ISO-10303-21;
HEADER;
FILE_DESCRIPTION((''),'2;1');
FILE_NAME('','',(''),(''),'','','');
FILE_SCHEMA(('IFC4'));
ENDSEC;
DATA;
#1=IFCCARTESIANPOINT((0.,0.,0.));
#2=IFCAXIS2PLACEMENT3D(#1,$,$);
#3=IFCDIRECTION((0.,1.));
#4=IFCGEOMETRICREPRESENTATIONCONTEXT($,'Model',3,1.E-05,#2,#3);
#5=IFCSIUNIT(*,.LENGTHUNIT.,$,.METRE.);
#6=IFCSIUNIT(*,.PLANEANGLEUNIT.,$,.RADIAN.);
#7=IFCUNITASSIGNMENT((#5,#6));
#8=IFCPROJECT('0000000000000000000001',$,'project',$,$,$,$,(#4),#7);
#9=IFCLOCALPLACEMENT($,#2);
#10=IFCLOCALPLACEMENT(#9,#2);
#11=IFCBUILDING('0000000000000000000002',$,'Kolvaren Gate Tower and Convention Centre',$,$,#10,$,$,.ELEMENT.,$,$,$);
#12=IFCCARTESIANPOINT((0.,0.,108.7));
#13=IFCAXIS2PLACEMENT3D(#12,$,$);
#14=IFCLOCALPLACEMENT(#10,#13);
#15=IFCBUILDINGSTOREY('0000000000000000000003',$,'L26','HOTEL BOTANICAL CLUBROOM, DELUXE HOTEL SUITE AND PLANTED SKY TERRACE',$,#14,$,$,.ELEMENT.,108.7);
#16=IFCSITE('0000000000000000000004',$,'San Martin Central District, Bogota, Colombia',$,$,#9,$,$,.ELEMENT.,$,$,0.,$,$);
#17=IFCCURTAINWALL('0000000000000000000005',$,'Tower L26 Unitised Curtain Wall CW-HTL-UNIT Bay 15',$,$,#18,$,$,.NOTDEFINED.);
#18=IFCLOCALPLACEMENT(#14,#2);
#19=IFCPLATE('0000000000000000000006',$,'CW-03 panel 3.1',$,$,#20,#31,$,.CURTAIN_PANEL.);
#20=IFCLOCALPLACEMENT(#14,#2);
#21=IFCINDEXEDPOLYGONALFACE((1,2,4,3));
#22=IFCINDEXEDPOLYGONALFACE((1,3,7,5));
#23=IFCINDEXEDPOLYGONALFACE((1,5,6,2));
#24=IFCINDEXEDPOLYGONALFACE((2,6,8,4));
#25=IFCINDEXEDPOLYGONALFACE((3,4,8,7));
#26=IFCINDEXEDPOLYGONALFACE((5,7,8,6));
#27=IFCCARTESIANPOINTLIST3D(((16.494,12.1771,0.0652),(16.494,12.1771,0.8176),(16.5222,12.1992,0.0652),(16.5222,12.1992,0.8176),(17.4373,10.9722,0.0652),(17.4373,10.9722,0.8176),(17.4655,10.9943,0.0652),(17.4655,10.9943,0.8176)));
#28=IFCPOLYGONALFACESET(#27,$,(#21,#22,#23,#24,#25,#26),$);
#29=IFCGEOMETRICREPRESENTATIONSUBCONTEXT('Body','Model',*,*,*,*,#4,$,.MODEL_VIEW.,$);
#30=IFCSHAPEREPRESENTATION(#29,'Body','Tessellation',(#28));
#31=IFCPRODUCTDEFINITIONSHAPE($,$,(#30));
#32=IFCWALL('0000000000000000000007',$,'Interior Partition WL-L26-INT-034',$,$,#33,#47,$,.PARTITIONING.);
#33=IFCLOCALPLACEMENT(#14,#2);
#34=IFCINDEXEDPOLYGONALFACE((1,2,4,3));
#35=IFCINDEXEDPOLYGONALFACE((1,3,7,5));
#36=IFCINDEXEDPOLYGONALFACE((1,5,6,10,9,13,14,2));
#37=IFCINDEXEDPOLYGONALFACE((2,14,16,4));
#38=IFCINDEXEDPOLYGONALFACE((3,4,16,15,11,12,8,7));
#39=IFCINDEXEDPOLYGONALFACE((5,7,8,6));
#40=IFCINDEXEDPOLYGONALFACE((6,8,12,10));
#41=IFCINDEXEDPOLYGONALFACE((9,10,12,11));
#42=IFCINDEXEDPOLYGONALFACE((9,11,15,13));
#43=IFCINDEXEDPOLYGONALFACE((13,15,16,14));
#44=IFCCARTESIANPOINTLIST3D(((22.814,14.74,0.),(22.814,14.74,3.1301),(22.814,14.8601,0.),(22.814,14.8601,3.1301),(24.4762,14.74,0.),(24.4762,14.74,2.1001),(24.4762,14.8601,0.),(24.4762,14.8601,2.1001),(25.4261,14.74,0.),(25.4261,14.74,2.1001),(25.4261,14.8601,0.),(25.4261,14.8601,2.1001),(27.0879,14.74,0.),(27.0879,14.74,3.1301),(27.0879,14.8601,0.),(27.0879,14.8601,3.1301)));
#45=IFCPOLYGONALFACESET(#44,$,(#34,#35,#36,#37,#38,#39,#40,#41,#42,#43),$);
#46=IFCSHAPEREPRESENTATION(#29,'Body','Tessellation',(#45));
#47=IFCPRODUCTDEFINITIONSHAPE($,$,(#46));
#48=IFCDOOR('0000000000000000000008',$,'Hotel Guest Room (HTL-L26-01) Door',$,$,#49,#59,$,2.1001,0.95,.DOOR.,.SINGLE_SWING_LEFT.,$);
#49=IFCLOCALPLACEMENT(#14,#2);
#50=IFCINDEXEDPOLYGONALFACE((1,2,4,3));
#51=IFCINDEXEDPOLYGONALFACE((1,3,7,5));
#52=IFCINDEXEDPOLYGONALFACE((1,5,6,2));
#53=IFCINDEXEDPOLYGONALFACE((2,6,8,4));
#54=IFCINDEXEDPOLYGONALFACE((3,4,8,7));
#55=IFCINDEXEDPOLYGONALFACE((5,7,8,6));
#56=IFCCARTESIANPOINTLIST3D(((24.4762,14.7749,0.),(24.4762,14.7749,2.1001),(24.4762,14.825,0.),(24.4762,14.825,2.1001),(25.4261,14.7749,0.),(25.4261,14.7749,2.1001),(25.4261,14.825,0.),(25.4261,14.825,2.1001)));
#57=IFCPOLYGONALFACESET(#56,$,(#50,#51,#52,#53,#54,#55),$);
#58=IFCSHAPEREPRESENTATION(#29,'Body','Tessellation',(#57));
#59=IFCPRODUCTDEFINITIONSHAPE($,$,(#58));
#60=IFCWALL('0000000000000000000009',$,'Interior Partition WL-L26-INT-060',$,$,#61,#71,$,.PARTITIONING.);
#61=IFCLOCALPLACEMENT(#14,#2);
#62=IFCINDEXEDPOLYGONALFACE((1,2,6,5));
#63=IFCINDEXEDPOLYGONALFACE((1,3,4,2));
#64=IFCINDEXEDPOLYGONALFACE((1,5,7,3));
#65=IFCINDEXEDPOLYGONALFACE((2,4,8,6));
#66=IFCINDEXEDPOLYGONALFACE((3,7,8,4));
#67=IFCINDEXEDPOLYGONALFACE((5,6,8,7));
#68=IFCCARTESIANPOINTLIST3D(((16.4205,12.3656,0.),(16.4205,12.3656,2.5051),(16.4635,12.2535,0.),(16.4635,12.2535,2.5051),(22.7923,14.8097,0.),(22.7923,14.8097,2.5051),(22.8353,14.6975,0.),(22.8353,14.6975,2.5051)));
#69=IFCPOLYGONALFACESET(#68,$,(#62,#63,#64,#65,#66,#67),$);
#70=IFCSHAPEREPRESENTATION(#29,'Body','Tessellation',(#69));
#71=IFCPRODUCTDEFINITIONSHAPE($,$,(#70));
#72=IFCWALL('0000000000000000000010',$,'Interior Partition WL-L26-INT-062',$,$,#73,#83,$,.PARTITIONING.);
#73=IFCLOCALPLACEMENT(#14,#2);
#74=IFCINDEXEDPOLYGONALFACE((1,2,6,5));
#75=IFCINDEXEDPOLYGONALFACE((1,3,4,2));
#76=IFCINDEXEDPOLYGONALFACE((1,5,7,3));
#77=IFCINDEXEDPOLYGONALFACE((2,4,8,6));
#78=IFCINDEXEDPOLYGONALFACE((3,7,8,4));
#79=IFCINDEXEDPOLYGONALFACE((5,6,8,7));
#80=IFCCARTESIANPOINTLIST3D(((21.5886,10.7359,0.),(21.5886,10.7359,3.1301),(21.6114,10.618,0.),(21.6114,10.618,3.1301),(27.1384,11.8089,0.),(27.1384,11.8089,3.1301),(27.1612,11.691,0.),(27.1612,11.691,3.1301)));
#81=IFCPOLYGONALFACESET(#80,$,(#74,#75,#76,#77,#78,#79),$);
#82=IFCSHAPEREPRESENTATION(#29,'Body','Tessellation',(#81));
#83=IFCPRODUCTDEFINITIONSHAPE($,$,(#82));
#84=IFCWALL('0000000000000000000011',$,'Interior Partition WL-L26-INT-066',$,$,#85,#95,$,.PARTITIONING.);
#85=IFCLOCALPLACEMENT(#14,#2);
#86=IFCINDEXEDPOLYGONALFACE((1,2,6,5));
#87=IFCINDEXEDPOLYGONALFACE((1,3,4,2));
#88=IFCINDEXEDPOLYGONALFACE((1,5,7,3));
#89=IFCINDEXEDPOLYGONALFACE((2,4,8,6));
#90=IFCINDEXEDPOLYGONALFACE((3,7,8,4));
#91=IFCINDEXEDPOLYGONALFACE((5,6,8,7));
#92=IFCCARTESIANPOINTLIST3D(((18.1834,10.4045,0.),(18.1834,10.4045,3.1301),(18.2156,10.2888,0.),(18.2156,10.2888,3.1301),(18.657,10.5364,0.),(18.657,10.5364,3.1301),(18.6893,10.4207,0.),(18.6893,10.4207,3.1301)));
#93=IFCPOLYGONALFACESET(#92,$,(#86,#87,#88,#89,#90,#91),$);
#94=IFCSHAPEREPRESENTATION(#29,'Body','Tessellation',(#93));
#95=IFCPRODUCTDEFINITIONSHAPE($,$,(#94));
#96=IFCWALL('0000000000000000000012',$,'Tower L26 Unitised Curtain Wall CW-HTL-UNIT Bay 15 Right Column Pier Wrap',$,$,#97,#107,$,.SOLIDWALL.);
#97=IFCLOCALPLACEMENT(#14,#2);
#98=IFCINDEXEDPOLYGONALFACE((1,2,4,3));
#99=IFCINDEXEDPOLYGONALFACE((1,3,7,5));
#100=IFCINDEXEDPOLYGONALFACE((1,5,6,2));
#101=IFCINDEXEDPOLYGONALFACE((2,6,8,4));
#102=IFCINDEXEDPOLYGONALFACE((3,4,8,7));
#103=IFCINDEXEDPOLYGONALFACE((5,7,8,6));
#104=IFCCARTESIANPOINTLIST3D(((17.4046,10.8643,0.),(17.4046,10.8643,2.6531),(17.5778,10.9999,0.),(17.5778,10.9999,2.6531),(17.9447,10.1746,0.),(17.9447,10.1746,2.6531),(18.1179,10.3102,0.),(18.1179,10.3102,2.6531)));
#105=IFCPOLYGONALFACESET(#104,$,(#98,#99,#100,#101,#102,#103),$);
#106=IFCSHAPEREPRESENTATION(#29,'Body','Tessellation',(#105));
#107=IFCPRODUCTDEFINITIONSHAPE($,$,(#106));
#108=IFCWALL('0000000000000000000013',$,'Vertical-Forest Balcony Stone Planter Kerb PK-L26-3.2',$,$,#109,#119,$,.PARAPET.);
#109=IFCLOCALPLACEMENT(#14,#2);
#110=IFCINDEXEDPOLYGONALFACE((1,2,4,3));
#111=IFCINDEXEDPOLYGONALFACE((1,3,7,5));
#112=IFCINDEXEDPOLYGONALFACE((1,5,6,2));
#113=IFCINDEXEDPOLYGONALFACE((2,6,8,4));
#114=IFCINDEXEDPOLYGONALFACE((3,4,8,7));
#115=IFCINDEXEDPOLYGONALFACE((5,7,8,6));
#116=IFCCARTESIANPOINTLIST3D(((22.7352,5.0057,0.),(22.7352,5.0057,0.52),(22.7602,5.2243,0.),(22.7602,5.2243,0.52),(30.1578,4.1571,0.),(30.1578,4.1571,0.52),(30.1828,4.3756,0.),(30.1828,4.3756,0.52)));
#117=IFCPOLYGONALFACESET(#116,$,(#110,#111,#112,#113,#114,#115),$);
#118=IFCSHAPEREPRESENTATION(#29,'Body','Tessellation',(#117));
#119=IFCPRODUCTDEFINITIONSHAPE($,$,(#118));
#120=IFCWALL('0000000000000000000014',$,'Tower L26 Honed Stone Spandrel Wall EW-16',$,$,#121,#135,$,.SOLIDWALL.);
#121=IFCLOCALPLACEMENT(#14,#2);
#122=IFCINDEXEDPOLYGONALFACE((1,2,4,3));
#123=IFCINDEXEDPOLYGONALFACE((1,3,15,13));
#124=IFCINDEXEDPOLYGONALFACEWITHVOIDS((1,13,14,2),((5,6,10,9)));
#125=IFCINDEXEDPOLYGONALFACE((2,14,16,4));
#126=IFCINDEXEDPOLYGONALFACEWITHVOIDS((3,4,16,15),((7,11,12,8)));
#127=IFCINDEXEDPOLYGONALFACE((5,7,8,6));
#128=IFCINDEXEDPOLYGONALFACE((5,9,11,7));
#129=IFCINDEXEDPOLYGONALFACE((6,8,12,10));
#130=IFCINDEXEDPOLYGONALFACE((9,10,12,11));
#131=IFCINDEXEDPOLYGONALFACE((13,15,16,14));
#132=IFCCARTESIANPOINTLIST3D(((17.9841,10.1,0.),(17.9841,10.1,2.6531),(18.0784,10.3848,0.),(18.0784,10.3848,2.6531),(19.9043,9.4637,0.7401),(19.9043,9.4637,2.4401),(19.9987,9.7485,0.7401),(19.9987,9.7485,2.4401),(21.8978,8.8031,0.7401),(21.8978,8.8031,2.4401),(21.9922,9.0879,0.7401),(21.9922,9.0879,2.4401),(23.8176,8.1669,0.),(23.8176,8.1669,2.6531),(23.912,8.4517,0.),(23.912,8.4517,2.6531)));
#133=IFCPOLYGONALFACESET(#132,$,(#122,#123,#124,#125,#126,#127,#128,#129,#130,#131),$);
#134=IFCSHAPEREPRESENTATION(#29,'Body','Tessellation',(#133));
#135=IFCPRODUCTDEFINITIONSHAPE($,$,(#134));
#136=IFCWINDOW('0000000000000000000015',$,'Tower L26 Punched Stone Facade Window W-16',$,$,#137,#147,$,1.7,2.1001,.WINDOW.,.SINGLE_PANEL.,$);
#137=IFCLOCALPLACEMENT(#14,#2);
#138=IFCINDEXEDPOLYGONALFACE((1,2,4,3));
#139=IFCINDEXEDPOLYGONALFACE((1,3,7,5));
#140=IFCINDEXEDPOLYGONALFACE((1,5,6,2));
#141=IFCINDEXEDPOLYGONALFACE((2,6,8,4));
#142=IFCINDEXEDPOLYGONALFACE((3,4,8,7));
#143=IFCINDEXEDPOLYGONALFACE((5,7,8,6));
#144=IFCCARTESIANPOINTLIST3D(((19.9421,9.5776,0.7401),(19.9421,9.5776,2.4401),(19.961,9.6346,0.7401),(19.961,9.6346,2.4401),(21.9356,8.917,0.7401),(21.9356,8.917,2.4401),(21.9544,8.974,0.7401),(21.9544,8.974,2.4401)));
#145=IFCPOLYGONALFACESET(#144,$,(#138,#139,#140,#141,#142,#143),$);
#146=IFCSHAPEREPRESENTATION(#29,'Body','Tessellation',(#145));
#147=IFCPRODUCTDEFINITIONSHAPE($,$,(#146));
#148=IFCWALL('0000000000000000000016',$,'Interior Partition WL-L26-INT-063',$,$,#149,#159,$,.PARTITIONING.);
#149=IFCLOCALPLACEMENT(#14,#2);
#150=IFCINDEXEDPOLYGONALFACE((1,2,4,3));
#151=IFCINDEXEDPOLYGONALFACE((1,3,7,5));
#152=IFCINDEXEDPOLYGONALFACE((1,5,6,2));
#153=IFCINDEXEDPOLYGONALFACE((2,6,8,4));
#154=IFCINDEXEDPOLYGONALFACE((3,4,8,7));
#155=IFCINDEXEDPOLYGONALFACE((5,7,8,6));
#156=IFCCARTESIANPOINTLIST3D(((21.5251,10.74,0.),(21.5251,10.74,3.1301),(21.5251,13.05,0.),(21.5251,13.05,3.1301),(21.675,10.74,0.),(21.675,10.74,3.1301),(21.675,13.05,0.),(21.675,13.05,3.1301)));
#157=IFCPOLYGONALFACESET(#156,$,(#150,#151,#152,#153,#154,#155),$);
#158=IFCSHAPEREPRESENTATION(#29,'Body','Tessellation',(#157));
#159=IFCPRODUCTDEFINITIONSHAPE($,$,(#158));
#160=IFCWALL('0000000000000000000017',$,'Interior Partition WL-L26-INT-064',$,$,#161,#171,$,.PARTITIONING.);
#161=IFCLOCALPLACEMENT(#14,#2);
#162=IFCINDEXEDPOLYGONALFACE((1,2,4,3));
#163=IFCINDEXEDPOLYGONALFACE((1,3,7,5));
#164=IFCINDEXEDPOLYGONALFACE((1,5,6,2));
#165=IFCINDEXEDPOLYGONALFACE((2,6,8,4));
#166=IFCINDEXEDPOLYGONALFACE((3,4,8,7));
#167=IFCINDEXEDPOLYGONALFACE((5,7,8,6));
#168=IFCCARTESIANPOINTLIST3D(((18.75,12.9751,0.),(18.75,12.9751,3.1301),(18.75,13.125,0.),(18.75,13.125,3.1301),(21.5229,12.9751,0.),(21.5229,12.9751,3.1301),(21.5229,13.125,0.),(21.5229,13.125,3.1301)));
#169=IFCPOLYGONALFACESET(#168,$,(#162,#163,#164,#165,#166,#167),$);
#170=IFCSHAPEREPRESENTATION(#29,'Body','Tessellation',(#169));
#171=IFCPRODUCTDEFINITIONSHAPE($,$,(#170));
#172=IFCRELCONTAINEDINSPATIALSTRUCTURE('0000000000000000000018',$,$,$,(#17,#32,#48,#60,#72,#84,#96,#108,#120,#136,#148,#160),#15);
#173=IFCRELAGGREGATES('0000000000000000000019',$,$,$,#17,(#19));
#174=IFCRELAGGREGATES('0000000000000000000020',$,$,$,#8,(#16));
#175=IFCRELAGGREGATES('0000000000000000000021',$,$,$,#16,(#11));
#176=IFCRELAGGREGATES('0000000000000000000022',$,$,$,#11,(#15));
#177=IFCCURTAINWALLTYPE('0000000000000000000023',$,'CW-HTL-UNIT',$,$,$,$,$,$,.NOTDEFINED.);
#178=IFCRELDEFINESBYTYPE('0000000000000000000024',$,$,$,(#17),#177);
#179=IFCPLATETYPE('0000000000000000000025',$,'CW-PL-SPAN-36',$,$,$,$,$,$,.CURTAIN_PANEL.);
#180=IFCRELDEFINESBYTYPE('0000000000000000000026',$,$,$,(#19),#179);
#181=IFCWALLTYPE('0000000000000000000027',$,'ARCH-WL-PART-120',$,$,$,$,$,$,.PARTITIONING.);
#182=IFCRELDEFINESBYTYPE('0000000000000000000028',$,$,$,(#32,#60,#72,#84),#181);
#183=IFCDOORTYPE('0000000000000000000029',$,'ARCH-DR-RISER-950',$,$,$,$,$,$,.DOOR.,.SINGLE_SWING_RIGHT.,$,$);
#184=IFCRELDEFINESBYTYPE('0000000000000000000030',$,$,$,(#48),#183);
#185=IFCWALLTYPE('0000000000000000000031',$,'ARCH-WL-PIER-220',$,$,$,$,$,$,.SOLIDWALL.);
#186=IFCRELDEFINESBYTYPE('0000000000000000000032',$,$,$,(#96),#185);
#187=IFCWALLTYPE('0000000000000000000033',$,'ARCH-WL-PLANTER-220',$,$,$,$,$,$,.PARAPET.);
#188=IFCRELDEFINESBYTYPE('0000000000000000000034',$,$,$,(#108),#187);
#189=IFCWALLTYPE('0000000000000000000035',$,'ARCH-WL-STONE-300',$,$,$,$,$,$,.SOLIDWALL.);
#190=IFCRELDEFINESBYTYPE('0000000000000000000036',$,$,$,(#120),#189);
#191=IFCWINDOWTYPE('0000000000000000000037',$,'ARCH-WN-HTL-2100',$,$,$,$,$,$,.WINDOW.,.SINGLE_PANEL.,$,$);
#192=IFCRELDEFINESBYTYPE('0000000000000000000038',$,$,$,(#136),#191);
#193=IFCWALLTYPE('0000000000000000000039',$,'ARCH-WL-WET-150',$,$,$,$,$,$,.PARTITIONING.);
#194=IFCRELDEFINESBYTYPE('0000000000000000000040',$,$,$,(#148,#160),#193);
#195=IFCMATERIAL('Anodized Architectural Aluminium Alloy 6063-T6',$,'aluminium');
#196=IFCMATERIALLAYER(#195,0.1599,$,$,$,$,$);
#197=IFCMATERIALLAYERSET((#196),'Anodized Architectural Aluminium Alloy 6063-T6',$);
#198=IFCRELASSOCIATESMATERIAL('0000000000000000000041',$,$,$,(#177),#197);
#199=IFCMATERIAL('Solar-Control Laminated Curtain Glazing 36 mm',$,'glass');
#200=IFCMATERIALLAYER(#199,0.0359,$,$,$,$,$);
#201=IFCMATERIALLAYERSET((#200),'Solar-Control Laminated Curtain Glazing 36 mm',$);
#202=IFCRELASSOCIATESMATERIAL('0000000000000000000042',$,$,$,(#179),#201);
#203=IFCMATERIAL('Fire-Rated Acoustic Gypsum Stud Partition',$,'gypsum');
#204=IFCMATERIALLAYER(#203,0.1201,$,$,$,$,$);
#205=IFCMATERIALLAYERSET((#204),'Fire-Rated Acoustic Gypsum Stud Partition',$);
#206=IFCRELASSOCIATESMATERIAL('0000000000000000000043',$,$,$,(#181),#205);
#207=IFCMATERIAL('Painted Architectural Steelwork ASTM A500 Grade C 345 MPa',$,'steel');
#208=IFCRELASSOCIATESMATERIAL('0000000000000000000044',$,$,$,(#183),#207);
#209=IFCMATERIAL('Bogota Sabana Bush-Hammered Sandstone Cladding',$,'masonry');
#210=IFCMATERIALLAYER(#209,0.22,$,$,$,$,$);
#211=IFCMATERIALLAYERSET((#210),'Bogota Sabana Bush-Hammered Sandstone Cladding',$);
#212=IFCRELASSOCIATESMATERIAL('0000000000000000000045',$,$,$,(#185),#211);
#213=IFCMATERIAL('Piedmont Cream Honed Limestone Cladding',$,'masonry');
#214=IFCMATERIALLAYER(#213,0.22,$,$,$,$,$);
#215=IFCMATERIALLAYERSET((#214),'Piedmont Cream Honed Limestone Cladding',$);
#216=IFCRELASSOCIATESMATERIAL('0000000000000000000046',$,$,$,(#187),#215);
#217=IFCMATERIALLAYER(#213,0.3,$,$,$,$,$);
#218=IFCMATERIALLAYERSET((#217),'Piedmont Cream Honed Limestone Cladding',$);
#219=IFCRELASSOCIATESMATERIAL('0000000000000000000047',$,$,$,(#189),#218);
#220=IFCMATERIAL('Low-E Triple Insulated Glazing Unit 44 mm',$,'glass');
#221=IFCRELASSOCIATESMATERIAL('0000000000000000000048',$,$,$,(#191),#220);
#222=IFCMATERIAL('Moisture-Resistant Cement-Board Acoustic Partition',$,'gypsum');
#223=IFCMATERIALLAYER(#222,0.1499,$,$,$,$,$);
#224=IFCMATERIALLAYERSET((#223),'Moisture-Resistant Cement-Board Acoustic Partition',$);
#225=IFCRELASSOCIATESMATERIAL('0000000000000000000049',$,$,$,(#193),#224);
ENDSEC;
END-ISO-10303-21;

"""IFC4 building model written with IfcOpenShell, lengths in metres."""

from ifc_helpers import new_model, si_unit, direction, frame, frame_2d, origin, origin_2d, place, context, subcontext, project, spatial, rectangle, extrude, material, layer, layer_set, type_object, element, fill, aggregate, save


model = new_model("IFC4")

# Units and contexts
model_context = context("Model", 3, precision=1e-05, world=origin(), true_north=direction((0.0, 1.0)))
body_context = subcontext(model_context, "Body", "Model", "MODEL_VIEW")
ifc_project = project(units=[si_unit("LENGTHUNIT", "METRE"), si_unit("PLANEANGLEUNIT", "RADIAN")], contexts=[model_context])

# Site, building, storey
site_placement = place(None, origin())
site = spatial("IfcSite", under=ifc_project, at=site_placement, Name="San Martin Central District, Bogota, Colombia", CompositionType="ELEMENT", RefElevation=0.0)
building_placement = place(site_placement, origin())
building = spatial("IfcBuilding", under=site, at=building_placement, Name="Kolvaren Gate Tower and Convention Centre", CompositionType="ELEMENT")
storey_placement = place(building_placement, frame((0.0, 0.0, 108.7)))
storey = spatial("IfcBuildingStorey", under=building, at=storey_placement, Name="L26", Description="HOTEL BOTANICAL CLUBROOM, DELUXE HOTEL SUITE AND PLANTED SKY TERRACE", CompositionType="ELEMENT", Elevation=108.7)

# Curtain wall
ifc_material_1 = material(Name="Anodized Architectural Aluminium Alloy 6063-T6", Category="aluminium")
ifc_layer_1 = layer(ifc_material_1, 0.1599)
ifc_layer_set_1 = layer_set([ifc_layer_1], Name="Anodized Architectural Aluminium Alloy 6063-T6")
curtain_wall_type = type_object("IfcCurtainWallType", Name="CW-HTL-UNIT", PredefinedType="NOTDEFINED", material=ifc_layer_set_1)
curtain_wall_placement = place(storey_placement, origin())
curtain_wall = element("IfcCurtainWall", 1, at=curtain_wall_placement, inside=storey, type_object=curtain_wall_type, Name="Tower L26 Unitised Curtain Wall CW-HTL-UNIT Bay 15", PredefinedType="NOTDEFINED")

# Plate
ifc_material_2 = material(Name="Low-E Triple Insulated Glazing Unit 44 mm", Category="glass")
ifc_material_3 = material(Name="Solar-Control Laminated Curtain Glazing 36 mm", Category="glass")
ifc_layer_2 = layer(ifc_material_3, 0.0359)
ifc_layer_set_2 = layer_set([ifc_layer_2], Name="Solar-Control Laminated Curtain Glazing 36 mm")
plate_type_1 = type_object("IfcPlateType", Name="CW-PL-SPAN-36", PredefinedType="CURTAIN_PANEL", material=ifc_layer_set_2)
plate_1_placement = place(storey_placement, frame((16.9797, 11.5857, 0.0652), z_axis=(0.0, 0.0, 1.0), x_axis=(0.616429, -0.787411, 0.0)))
plate_1 = element("IfcPlate", 2, at=plate_1_placement, type_object=plate_type_1, Name="CW-03 panel 3.1", PredefinedType="CURTAIN_PANEL", context=body_context, shape_type="SweptSolid", body=[
    extrude(rectangle(XDim=1.5303, YDim=0.0359, at=origin_2d()), origin(), (0.0, 0.0, 1.0), 0.7524),
])
aggregate(curtain_wall, [plate_1])

# Wall, opening, door
ifc_material_4 = material(Name="Fire-Rated Acoustic Gypsum Stud Partition", Category="gypsum")
ifc_layer_3 = layer(ifc_material_4, 0.1201)
ifc_layer_set_3 = layer_set([ifc_layer_3], Name="Fire-Rated Acoustic Gypsum Stud Partition")
wall_type_1 = type_object("IfcWallType", Name="ARCH-WL-PART-120", PredefinedType="PARTITIONING", material=ifc_layer_set_3)
wall_1_placement = place(storey_placement, frame((22.814, 14.8, 0.0), z_axis=(0.0, 0.0, 1.0), x_axis=(1.0, 0.0, 0.0)))
wall_1 = element("IfcWall", 3, at=wall_1_placement, inside=storey, type_object=wall_type_1, Name="Interior Partition WL-L26-INT-034", PredefinedType="PARTITIONING", context=body_context, shape_type="SweptSolid", body=[
    extrude(rectangle(XDim=4.2739, YDim=0.1201, at=frame_2d((2.137, 0.0))), origin(), (0.0, 0.0, 1.0), 3.1301),
])
opening_1_placement = place(wall_1_placement, frame((1.6621, 0.0, 0.0)))
opening_1 = element("IfcOpeningElement", 4, at=opening_1_placement, cuts=wall_1, PredefinedType="OPENING", context=body_context, shape_type="SweptSolid", body=[
    extrude(rectangle(XDim=0.95, YDim=2.1001, at=frame_2d((0.4751, 1.05))), frame((0.0, 0.0701, 0.0), z_axis=(0.0, -1.0, 0.0), x_axis=(1.0, 0.0, 0.0)), (0.0, 0.0, 1.0), 0.1401),
])
ifc_material_5 = material(Name="Painted Architectural Steelwork ASTM A500 Grade C 345 MPa", Category="steel")
door_type_1 = type_object("IfcDoorType", Name="ARCH-DR-RISER-950", OperationType="SINGLE_SWING_RIGHT", PredefinedType="DOOR", material=ifc_material_5)
door_1_placement = place(opening_1_placement, origin())
door_1 = element("IfcDoor", 5, at=door_1_placement, inside=storey, type_object=door_type_1, Name="Hotel Guest Room (HTL-L26-01) Door", OperationType="SINGLE_SWING_LEFT", OverallHeight=2.1001, OverallWidth=0.95, PredefinedType="DOOR", context=body_context, shape_type="SweptSolid", body=[
    extrude(rectangle(XDim=0.95, YDim=2.1001, at=frame_2d((0.4751, 1.05))), frame((0.0, 0.0249, 0.0), z_axis=(0.0, -1.0, 0.0), x_axis=(1.0, 0.0, 0.0)), (0.0, 0.0, 1.0), 0.05),
])
fill(opening_1, door_1)

# Walls
wall_2_placement = place(storey_placement, frame((16.4421, 12.3096, 0.0), z_axis=(0.0, 0.0, 1.0), x_axis=(0.93367, 0.358135, 0.0)))
element("IfcWall", 6, at=wall_2_placement, inside=storey, type_object=wall_type_1, Name="Interior Partition WL-L26-INT-060", PredefinedType="PARTITIONING", context=body_context, shape_type="SweptSolid", body=[
    extrude(rectangle(XDim=6.8245, YDim=0.1201, at=frame_2d((3.4121, 0.0))), origin(), (0.0, 0.0, 1.0), 2.5051),
])
wall_3_placement = place(storey_placement, frame((21.6001, 10.677, 0.0), z_axis=(0.0, 0.0, 1.0), x_axis=(0.981818, 0.189824, 0.0)))
element("IfcWall", 7, at=wall_3_placement, inside=storey, type_object=wall_type_1, Name="Interior Partition WL-L26-INT-062", PredefinedType="PARTITIONING", context=body_context, shape_type="SweptSolid", body=[
    extrude(rectangle(XDim=5.6526, YDim=0.1201, at=frame_2d((2.8262, 0.0))), origin(), (0.0, 0.0, 1.0), 3.1301),
])
wall_4_placement = place(storey_placement, frame((18.1995, 10.3467, 0.0), z_axis=(0.0, 0.0, 1.0), x_axis=(0.963375, 0.268156, 0.0)))
element("IfcWall", 8, at=wall_4_placement, inside=storey, type_object=wall_type_1, Name="Interior Partition WL-L26-INT-066", PredefinedType="PARTITIONING", context=body_context, shape_type="SweptSolid", body=[
    extrude(rectangle(XDim=0.4917, YDim=0.1201, at=frame_2d((0.2458, 0.0))), origin(), (0.0, 0.0, 1.0), 3.1301),
])
ifc_material_6 = material(Name="Bogota Sabana Bush-Hammered Sandstone Cladding", Category="masonry")
ifc_layer_4 = layer(ifc_material_6, 0.22)
ifc_layer_set_4 = layer_set([ifc_layer_4], Name="Bogota Sabana Bush-Hammered Sandstone Cladding")
wall_type_2 = type_object("IfcWallType", Name="ARCH-WL-PIER-220", PredefinedType="SOLIDWALL", material=ifc_layer_set_4)
wall_5_placement = place(storey_placement, frame((17.4912, 10.9321, 0.0), z_axis=(0.0, 0.0, 1.0), x_axis=(0.616504, -0.787352, 0.0)))
element("IfcWall", 9, at=wall_5_placement, inside=storey, type_object=wall_type_2, Name="Tower L26 Unitised Curtain Wall CW-HTL-UNIT Bay 15 Right Column Pier Wrap", PredefinedType="SOLIDWALL", context=body_context, shape_type="SweptSolid", body=[
    extrude(rectangle(XDim=0.876, YDim=0.22, at=frame_2d((0.438, 0.0))), origin(), (0.0, 0.0, 1.0), 2.6531),
])
ifc_material_7 = material(Name="Piedmont Cream Honed Limestone Cladding", Category="masonry")
ifc_layer_5 = layer(ifc_material_7, 0.22)
ifc_layer_set_5 = layer_set([ifc_layer_5], Name="Piedmont Cream Honed Limestone Cladding")
wall_type_3 = type_object("IfcWallType", Name="ARCH-WL-PLANTER-220", PredefinedType="PARAPET", material=ifc_layer_set_5)
wall_6_placement = place(storey_placement, frame((22.7478, 5.115, 0.0), z_axis=(0.0, 0.0, 1.0), x_axis=(0.993528, -0.113591, 0.0)))
element("IfcWall", 10, at=wall_6_placement, inside=storey, type_object=wall_type_3, Name="Vertical-Forest Balcony Stone Planter Kerb PK-L26-3.2", PredefinedType="PARAPET", context=body_context, shape_type="SweptSolid", body=[
    extrude(rectangle(XDim=7.4709, YDim=0.22, at=frame_2d((3.7354, 0.0))), origin(), (0.0, 0.0, 1.0), 0.52),
])

# Wall, opening, window
ifc_layer_6 = layer(ifc_material_7, 0.3)
ifc_layer_set_6 = layer_set([ifc_layer_6], Name="Piedmont Cream Honed Limestone Cladding")
wall_type_4 = type_object("IfcWallType", Name="ARCH-WL-STONE-300", PredefinedType="SOLIDWALL", material=ifc_layer_set_6)
wall_7_placement = place(storey_placement, frame((18.0312, 10.2424, 0.0), z_axis=(0.0, 0.0, 1.0), x_axis=(0.949238, -0.314559, 0.0)))
wall_7 = element("IfcWall", 11, at=wall_7_placement, inside=storey, type_object=wall_type_4, Name="Tower L26 Honed Stone Spandrel Wall EW-16", PredefinedType="SOLIDWALL", context=body_context, shape_type="SweptSolid", body=[
    extrude(rectangle(XDim=6.1455, YDim=0.3, at=frame_2d((3.0728, 0.0))), origin(), (0.0, 0.0, 1.0), 2.6531),
])
opening_2_placement = place(wall_7_placement, frame((2.0229, 0.0, 0.74)))
opening_2 = element("IfcOpeningElement", 12, at=opening_2_placement, cuts=wall_7, PredefinedType="OPENING", context=body_context, shape_type="SweptSolid", body=[
    extrude(rectangle(XDim=2.1001, YDim=1.7, at=frame_2d((1.05, 0.8501))), frame((0.0, 0.1599, 0.0), z_axis=(0.0, -1.0, 0.0), x_axis=(1.0, 0.0, 0.0)), (0.0, 0.0, 1.0), 0.3201),
])
window_type = type_object("IfcWindowType", Name="ARCH-WN-HTL-2100", PartitioningType="SINGLE_PANEL", PredefinedType="WINDOW", material=ifc_material_2)
window_placement = place(opening_2_placement, origin())
window = element("IfcWindow", 13, at=window_placement, inside=storey, type_object=window_type, Name="Tower L26 Punched Stone Facade Window W-16", OverallHeight=1.7, OverallWidth=2.1001, PartitioningType="SINGLE_PANEL", PredefinedType="WINDOW", context=body_context, shape_type="SweptSolid", body=[
    extrude(rectangle(XDim=2.1001, YDim=1.7, at=frame_2d((1.05, 0.8501))), frame((0.0, 0.03, 0.0), z_axis=(0.0, -1.0, 0.0), x_axis=(1.0, 0.0, 0.0)), (0.0, 0.0, 1.0), 0.0601),
])
fill(opening_2, window)

# Walls
ifc_material_8 = material(Name="Moisture-Resistant Cement-Board Acoustic Partition", Category="gypsum")
ifc_layer_7 = layer(ifc_material_8, 0.1499)
ifc_layer_set_7 = layer_set([ifc_layer_7], Name="Moisture-Resistant Cement-Board Acoustic Partition")
wall_type_5 = type_object("IfcWallType", Name="ARCH-WL-WET-150", PredefinedType="PARTITIONING", material=ifc_layer_set_7)
wall_8_placement = place(storey_placement, frame((21.6001, 10.74, 0.0), z_axis=(0.0, 0.0, 1.0), x_axis=(0.0, 1.0, 0.0)))
element("IfcWall", 14, at=wall_8_placement, inside=storey, type_object=wall_type_5, Name="Interior Partition WL-L26-INT-063", PredefinedType="PARTITIONING", context=body_context, shape_type="SweptSolid", body=[
    extrude(rectangle(XDim=2.3101, YDim=0.1499, at=frame_2d((1.155, 0.0))), origin(), (0.0, 0.0, 1.0), 3.1301),
])
wall_9_placement = place(storey_placement, frame((18.75, 13.05, 0.0), z_axis=(0.0, 0.0, 1.0), x_axis=(1.0, 0.0, 0.0)))
element("IfcWall", 15, at=wall_9_placement, inside=storey, type_object=wall_type_5, Name="Interior Partition WL-L26-INT-064", PredefinedType="PARTITIONING", context=body_context, shape_type="SweptSolid", body=[
    extrude(rectangle(XDim=2.7729, YDim=0.1499, at=frame_2d((1.3865, 0.0))), origin(), (0.0, 0.0, 1.0), 3.1301),
])

save(model, "model.ifc")
